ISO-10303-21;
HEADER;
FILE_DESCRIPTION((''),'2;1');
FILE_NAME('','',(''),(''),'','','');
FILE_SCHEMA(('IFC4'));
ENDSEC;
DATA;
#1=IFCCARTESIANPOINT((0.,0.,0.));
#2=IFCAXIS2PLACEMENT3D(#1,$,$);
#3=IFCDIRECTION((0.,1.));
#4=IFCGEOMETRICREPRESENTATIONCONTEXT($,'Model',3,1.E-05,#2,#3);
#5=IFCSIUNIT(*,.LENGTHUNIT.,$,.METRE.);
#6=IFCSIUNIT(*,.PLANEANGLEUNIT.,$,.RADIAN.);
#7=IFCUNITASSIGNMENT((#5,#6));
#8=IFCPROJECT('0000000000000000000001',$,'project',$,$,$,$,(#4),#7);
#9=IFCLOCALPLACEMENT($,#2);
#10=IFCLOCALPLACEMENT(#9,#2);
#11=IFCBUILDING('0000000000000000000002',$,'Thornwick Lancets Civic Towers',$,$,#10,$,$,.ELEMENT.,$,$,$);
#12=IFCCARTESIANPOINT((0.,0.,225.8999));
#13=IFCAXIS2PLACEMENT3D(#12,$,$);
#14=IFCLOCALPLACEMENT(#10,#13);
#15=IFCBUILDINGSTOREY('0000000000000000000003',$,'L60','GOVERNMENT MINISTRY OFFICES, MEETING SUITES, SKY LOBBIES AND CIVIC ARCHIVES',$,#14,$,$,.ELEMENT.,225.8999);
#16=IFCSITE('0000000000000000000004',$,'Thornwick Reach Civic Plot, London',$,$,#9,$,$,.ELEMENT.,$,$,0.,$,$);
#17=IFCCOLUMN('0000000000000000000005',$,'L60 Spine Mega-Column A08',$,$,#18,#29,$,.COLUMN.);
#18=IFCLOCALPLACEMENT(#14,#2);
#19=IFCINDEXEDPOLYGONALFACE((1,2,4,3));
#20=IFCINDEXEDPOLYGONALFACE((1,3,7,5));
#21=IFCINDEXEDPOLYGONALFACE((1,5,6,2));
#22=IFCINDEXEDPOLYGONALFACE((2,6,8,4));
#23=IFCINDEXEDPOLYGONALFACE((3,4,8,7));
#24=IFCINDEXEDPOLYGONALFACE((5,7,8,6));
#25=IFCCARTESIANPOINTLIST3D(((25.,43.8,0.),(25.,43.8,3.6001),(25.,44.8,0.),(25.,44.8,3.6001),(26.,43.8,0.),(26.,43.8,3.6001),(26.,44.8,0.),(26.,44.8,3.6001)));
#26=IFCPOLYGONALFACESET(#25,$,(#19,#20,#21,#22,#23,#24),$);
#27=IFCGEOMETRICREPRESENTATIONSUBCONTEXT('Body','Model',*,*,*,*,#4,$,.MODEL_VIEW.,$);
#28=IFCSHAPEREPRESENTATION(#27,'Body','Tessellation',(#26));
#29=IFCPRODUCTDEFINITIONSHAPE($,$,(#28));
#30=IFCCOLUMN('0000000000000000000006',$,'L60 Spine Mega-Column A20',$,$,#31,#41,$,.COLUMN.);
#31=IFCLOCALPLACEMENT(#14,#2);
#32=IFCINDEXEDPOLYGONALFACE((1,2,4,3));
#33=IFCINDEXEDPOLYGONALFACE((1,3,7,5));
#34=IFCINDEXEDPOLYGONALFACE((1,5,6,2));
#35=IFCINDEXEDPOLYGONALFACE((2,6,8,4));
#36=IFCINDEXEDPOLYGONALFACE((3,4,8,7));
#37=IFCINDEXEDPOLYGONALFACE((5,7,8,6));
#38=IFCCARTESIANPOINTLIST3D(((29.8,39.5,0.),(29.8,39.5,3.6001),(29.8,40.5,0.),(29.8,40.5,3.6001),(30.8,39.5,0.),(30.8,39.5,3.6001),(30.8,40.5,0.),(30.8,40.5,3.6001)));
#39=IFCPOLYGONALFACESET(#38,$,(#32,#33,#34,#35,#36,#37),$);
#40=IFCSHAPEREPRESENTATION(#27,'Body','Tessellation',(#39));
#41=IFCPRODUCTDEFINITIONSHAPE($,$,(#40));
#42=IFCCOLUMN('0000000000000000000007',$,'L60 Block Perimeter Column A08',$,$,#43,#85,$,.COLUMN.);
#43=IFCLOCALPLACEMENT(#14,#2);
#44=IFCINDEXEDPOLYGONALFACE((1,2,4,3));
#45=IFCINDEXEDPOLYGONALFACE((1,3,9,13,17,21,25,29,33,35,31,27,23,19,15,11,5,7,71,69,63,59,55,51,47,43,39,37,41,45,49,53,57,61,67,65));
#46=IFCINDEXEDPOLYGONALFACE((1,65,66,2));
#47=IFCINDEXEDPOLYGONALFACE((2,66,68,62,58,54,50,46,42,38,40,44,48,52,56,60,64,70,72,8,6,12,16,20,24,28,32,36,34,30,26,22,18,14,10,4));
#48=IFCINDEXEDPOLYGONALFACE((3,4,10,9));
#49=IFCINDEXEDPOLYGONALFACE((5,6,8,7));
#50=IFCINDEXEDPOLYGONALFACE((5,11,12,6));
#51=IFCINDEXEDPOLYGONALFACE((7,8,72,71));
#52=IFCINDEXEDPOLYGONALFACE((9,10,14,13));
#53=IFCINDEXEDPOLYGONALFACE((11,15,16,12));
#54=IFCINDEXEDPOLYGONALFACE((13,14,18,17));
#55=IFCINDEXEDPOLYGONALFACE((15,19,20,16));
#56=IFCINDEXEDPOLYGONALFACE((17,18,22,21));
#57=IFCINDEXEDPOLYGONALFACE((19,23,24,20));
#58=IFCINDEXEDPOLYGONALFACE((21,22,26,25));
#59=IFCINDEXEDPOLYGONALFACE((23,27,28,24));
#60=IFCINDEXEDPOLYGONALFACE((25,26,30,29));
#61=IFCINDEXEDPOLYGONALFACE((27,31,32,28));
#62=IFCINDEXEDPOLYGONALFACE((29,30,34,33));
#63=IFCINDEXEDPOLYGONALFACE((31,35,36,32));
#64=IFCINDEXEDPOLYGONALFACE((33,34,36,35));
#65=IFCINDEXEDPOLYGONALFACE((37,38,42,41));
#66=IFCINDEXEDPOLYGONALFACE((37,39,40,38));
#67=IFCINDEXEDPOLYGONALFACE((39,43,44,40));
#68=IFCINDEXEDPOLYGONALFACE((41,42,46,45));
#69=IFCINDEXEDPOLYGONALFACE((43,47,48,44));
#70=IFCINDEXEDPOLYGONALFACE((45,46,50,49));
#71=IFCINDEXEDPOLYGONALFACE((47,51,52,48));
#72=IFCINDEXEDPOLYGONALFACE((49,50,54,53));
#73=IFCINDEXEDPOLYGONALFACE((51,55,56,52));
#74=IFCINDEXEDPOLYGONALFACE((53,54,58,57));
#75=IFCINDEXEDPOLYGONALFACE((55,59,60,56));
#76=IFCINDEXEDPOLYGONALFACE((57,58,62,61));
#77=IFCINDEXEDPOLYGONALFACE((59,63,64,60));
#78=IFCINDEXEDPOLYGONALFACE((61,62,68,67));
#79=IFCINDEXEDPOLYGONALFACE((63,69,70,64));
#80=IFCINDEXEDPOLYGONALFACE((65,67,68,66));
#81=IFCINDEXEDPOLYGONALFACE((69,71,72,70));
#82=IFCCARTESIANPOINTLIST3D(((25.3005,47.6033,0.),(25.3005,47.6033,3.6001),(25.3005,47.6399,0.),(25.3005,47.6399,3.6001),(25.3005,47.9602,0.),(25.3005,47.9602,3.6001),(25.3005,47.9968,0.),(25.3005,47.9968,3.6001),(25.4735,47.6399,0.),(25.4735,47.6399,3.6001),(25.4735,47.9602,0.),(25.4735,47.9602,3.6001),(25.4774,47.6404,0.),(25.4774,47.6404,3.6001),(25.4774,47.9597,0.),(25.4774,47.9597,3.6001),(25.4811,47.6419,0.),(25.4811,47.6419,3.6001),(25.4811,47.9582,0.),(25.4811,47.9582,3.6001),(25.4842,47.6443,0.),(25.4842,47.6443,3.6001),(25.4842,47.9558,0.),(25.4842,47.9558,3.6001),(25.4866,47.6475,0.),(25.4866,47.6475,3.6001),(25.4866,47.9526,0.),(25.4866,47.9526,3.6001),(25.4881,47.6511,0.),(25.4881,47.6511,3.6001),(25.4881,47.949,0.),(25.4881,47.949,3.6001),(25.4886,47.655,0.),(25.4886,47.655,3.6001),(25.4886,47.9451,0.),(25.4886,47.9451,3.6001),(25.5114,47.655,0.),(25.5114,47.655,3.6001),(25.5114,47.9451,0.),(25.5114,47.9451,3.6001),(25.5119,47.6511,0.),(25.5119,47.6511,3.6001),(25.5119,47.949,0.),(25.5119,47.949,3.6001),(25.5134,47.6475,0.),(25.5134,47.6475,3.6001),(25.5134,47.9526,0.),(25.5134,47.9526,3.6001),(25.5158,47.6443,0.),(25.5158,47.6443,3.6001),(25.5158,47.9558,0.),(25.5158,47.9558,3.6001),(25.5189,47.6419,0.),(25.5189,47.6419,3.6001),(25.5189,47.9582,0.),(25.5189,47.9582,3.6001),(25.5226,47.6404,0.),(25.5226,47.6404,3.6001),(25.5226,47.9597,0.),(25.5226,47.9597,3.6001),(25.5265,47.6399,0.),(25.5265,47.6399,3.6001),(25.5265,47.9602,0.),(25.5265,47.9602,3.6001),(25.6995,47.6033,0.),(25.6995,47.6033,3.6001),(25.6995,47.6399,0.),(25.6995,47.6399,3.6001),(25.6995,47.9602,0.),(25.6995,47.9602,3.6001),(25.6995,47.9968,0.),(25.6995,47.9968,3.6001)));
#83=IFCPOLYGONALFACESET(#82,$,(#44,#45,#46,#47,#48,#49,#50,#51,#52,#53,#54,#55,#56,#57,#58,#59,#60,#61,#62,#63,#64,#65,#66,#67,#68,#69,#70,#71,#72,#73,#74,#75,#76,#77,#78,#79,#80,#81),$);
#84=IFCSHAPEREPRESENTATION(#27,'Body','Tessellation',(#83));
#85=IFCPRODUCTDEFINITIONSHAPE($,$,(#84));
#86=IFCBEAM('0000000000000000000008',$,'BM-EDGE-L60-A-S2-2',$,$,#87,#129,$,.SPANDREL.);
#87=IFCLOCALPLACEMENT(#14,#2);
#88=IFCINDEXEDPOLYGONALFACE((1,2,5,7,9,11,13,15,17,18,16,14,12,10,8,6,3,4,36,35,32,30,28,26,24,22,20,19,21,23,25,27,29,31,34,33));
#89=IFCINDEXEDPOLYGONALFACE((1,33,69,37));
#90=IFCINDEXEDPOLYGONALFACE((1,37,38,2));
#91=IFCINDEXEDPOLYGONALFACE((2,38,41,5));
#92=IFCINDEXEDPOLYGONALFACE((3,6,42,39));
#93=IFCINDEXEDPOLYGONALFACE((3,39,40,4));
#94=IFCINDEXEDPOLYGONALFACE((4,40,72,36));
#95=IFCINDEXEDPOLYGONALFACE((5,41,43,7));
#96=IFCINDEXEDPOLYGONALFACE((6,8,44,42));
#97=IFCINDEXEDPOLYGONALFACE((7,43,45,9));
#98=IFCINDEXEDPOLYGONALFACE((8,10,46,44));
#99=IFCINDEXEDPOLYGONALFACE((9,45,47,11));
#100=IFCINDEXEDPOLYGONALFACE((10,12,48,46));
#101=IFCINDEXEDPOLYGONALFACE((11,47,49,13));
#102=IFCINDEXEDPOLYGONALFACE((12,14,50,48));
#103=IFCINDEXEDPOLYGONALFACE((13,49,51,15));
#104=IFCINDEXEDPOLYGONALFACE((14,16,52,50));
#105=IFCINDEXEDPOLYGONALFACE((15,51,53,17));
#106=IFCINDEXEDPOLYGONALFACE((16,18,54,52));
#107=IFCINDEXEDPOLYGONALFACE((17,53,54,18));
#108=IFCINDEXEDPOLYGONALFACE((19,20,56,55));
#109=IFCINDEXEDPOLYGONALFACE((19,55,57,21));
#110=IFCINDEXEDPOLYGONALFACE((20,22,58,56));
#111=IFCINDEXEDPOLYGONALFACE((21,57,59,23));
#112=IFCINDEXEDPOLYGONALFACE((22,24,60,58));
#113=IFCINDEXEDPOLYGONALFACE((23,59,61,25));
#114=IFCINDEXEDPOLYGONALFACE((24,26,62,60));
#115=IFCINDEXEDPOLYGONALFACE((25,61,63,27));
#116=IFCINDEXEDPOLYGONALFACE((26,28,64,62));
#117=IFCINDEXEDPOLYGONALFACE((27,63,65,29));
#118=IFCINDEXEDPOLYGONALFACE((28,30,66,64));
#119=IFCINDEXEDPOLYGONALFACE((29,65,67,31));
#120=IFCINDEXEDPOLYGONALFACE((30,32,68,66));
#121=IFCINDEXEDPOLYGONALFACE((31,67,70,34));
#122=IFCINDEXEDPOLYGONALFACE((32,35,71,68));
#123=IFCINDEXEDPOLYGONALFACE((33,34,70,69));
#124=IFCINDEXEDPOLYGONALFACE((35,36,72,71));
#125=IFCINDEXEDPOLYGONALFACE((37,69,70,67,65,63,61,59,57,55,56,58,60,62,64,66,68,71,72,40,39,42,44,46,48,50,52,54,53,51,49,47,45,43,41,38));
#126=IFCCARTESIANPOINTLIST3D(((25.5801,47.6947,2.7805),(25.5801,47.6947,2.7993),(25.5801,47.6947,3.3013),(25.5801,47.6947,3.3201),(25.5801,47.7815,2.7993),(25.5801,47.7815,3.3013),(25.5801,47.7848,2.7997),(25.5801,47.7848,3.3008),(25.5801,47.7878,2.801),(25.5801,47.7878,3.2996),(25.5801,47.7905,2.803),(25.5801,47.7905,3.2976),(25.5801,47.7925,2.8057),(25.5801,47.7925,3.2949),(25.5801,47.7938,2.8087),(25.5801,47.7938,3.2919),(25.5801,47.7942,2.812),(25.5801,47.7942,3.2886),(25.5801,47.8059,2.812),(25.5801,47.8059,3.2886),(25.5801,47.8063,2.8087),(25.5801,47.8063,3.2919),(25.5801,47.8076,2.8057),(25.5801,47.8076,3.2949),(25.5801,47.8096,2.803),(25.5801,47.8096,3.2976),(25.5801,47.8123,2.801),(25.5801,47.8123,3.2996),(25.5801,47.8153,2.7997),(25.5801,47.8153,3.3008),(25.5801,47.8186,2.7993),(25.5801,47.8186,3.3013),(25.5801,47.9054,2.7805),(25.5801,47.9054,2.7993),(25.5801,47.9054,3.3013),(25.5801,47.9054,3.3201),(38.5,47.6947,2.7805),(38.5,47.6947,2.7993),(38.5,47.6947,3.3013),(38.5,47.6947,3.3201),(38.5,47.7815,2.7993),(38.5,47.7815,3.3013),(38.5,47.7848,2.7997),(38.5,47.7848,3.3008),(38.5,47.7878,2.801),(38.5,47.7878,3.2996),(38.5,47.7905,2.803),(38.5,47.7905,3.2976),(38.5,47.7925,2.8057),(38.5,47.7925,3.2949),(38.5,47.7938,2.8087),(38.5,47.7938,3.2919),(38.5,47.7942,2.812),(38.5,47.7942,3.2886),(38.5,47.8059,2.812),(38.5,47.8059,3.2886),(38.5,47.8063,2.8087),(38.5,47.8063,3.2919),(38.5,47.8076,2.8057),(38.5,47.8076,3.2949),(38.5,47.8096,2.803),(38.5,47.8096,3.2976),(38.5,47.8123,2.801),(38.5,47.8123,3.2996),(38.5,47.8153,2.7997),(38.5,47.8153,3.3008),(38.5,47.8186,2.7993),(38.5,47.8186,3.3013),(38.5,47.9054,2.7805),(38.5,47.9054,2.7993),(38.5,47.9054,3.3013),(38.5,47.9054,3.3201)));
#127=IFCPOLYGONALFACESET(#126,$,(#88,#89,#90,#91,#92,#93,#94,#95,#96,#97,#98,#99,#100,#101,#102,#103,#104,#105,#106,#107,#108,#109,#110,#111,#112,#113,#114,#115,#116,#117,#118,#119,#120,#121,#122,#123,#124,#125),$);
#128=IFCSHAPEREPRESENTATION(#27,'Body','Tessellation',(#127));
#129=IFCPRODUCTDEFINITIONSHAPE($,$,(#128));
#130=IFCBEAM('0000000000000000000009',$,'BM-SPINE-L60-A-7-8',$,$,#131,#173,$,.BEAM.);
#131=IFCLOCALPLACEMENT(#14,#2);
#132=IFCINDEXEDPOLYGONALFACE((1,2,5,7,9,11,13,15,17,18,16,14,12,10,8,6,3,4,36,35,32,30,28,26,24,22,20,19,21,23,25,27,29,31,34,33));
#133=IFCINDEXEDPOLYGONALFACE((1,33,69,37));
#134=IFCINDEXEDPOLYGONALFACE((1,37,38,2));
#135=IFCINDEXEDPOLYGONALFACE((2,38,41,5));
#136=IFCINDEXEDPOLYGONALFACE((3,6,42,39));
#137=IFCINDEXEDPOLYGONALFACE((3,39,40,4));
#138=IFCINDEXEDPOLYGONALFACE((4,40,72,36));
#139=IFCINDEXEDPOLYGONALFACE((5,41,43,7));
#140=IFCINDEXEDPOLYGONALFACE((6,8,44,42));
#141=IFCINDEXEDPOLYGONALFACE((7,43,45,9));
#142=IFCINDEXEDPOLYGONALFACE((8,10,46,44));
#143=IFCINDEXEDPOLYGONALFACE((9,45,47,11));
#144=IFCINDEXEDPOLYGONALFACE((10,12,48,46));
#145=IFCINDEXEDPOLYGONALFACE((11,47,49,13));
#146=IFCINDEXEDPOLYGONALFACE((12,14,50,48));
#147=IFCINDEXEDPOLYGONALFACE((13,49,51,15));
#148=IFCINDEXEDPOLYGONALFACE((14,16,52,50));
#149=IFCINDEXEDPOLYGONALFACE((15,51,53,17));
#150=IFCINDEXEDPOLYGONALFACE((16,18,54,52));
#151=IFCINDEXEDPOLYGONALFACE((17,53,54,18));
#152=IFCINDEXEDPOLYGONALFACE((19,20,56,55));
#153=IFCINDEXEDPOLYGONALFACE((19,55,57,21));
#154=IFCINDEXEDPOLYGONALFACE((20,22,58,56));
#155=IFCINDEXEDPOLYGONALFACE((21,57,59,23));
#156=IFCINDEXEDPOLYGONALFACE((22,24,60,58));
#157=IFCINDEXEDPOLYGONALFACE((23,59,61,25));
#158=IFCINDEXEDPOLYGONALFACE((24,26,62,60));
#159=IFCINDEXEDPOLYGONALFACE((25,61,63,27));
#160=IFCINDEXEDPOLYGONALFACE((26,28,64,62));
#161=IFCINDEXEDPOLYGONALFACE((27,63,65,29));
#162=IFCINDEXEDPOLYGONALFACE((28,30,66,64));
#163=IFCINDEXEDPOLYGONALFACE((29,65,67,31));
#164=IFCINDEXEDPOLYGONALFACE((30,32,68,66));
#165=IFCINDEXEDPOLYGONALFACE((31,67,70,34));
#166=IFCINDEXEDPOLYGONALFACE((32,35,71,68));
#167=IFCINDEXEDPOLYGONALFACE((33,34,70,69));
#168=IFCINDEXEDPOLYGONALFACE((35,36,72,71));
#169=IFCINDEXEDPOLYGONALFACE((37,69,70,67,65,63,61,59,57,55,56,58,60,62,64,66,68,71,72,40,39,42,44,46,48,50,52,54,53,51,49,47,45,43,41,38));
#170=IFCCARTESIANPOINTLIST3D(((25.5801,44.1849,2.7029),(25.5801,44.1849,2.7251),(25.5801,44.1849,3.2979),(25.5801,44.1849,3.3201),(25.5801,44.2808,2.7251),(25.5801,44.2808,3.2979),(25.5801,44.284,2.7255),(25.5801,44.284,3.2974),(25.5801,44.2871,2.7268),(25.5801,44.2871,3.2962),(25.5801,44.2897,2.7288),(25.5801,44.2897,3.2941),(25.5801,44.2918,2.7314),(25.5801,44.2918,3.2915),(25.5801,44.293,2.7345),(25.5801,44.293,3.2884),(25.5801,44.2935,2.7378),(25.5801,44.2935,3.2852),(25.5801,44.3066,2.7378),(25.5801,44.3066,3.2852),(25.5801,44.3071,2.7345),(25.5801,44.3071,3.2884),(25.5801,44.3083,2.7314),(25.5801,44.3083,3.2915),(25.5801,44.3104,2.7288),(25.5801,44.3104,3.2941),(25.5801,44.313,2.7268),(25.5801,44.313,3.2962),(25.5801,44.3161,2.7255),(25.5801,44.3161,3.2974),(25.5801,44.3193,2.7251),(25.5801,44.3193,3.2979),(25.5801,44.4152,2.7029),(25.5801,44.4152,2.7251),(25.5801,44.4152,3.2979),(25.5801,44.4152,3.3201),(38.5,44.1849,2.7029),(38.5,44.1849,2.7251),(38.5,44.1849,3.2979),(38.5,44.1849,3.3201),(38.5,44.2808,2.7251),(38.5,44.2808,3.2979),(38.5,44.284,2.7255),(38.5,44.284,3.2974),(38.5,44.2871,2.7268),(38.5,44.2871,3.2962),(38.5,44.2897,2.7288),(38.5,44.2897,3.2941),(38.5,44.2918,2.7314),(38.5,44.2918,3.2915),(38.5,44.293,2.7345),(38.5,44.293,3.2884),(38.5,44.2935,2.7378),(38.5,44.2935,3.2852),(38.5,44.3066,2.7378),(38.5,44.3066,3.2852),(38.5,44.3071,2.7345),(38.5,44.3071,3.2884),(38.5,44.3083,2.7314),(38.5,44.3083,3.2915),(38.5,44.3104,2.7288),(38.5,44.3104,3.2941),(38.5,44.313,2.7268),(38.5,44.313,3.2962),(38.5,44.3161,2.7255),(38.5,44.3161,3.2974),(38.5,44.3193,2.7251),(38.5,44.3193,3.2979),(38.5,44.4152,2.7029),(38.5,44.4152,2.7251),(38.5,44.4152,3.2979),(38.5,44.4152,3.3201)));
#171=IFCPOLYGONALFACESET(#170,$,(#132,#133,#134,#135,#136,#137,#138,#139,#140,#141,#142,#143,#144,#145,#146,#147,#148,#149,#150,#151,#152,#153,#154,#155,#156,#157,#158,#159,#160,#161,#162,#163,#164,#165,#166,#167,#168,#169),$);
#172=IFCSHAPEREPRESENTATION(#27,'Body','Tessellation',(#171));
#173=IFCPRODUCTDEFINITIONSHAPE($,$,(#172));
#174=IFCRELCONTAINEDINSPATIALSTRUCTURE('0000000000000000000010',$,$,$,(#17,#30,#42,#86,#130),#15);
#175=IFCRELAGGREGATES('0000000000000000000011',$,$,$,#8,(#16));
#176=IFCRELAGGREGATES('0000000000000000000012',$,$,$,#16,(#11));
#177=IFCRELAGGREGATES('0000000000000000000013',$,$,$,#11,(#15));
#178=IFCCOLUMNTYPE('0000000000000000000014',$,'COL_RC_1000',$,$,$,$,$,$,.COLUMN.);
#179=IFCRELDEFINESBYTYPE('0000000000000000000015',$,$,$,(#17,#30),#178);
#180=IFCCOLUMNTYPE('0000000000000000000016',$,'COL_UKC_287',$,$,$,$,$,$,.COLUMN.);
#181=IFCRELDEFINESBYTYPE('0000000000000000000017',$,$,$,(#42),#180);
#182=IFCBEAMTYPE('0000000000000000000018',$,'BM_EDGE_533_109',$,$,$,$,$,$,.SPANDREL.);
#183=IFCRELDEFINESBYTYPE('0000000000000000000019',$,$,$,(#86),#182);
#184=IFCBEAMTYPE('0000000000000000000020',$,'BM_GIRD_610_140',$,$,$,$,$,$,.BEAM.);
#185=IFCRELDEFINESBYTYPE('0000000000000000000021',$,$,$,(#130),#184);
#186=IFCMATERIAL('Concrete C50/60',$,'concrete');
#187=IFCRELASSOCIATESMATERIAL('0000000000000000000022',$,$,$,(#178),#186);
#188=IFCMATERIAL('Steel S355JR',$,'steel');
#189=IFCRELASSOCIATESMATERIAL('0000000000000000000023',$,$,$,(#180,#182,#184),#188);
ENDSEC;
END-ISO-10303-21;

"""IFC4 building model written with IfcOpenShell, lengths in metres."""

from ifc_helpers import new_model, si_unit, direction, frame, origin, origin_2d, place, context, subcontext, project, spatial, rectangle, i_section, extrude, material, material_profile, profile_set, type_object, element, save


model = new_model("IFC4")

# Units and contexts
model_context = context("Model", 3, precision=1e-05, world=origin(), true_north=direction((0.0, 1.0)))
body_context = subcontext(model_context, "Body", "Model", "MODEL_VIEW")
ifc_project = project(units=[si_unit("LENGTHUNIT", "METRE"), si_unit("PLANEANGLEUNIT", "RADIAN")], contexts=[model_context])

# Site, building, storey
site_placement = place(None, origin())
site = spatial("IfcSite", under=ifc_project, at=site_placement, Name="Thornwick Reach Civic Plot, London", CompositionType="ELEMENT", RefElevation=0.0)
building_placement = place(site_placement, origin())
building = spatial("IfcBuilding", under=site, at=building_placement, Name="Thornwick Lancets Civic Towers", CompositionType="ELEMENT")
storey_placement = place(building_placement, frame((0.0, 0.0, 225.8999)))
storey = spatial("IfcBuildingStorey", under=building, at=storey_placement, Name="L60", Description="GOVERNMENT MINISTRY OFFICES, MEETING SUITES, SKY LOBBIES AND CIVIC ARCHIVES", CompositionType="ELEMENT", Elevation=225.8999)

# Columns
ifc_material_1 = material(Name="Concrete C50/60", Category="concrete")
ifc_material_profile_1 = material_profile(ifc_material_1, rectangle(XDim=1.0, YDim=1.0, at=origin_2d()), Name="RC 1000x1000")
ifc_profile_set_1 = profile_set([ifc_material_profile_1], Name="Concrete C50/60")
column_type_1 = type_object("IfcColumnType", Name="COL_RC_1000", PredefinedType="COLUMN", material=ifc_profile_set_1)
for number, where, z_axis, x_axis, name in (
    (1, (25.5, 44.3, 0.0), (0.0, 0.0, 1.0), (1.0, 0.0, 0.0), "L60 Spine Mega-Column A08"),
    (2, (30.3, 40.0, 0.0), (0.0, 0.0, 1.0), (1.0, 0.0, 0.0), "L60 Spine Mega-Column A20"),
):
    element("IfcColumn", number, at=place(storey_placement, frame(where, z_axis=z_axis, x_axis=x_axis)), inside=storey, type_object=column_type_1, Name=name, PredefinedType="COLUMN", context=body_context, shape_type="SweptSolid", body=[
        extrude(rectangle(XDim=1.0, YDim=1.0, at=origin_2d()), origin(), (0.0, 0.0, 1.0), 3.6001),
    ])
ifc_material_2 = material(Name="Steel S355JR", Category="steel")
ifc_material_profile_2 = material_profile(ifc_material_2, i_section(OverallWidth=0.3989, OverallDepth=0.3936, WebThickness=0.0227, FlangeThickness=0.0366, FilletRadius=0.0151, at=origin_2d()), Name="UKC 356x406x287")
ifc_profile_set_2 = profile_set([ifc_material_profile_2], Name="Steel S355JR")
column_type_2 = type_object("IfcColumnType", Name="COL_UKC_287", PredefinedType="COLUMN", material=ifc_profile_set_2)
column_placement = place(storey_placement, frame((25.5, 47.8, 0.0), z_axis=(0.0, 0.0, 1.0), x_axis=(1.0, 0.0, 0.0)))
element("IfcColumn", 3, at=column_placement, inside=storey, type_object=column_type_2, Name="L60 Block Perimeter Column A08", PredefinedType="COLUMN", context=body_context, shape_type="SweptSolid", body=[
    extrude(i_section(OverallWidth=0.3989, OverallDepth=0.3936, WebThickness=0.0227, FlangeThickness=0.0366, FilletRadius=0.0151, at=origin_2d()), origin(), (0.0, 0.0, 1.0), 3.6001),
])

# Beams
ifc_material_profile_3 = material_profile(ifc_material_2, i_section(OverallWidth=0.2107, OverallDepth=0.5396, WebThickness=0.0117, FlangeThickness=0.0188, FilletRadius=0.0127, at=origin_2d()), Name="UKB 533x210x109")
ifc_profile_set_3 = profile_set([ifc_material_profile_3], Name="Steel S355JR")
beam_type_1 = type_object("IfcBeamType", Name="BM_EDGE_533_109", PredefinedType="SPANDREL", material=ifc_profile_set_3)
beam_1_placement = place(storey_placement, frame((25.5801, 47.8, 3.0503), z_axis=(1.0, 0.0, 0.0), x_axis=(0.0, 1.0, 0.0)))
element("IfcBeam", 4, at=beam_1_placement, inside=storey, type_object=beam_type_1, Name="BM-EDGE-L60-A-S2-2", PredefinedType="SPANDREL", context=body_context, shape_type="SweptSolid", body=[
    extrude(i_section(OverallWidth=0.2107, OverallDepth=0.5396, WebThickness=0.0117, FlangeThickness=0.0188, FilletRadius=0.0127, at=origin_2d()), origin(), (0.0, 0.0, 1.0), 12.9199),
])
ifc_material_profile_4 = material_profile(ifc_material_2, i_section(OverallWidth=0.2302, OverallDepth=0.6172, WebThickness=0.0132, FlangeThickness=0.0222, FilletRadius=0.0127, at=origin_2d()), Name="UKB 610x229x140")
ifc_profile_set_4 = profile_set([ifc_material_profile_4], Name="Steel S355JR")
beam_type_2 = type_object("IfcBeamType", Name="BM_GIRD_610_140", PredefinedType="BEAM", material=ifc_profile_set_4)
beam_2_placement = place(storey_placement, frame((25.5801, 44.3, 3.0115), z_axis=(1.0, 0.0, 0.0), x_axis=(0.0, 1.0, 0.0)))
element("IfcBeam", 5, at=beam_2_placement, inside=storey, type_object=beam_type_2, Name="BM-SPINE-L60-A-7-8", PredefinedType="BEAM", context=body_context, shape_type="SweptSolid", body=[
    extrude(i_section(OverallWidth=0.2302, OverallDepth=0.6172, WebThickness=0.0132, FlangeThickness=0.0222, FilletRadius=0.0127, at=origin_2d()), origin(), (0.0, 0.0, 1.0), 12.9199),
])

save(model, "model.ifc")
